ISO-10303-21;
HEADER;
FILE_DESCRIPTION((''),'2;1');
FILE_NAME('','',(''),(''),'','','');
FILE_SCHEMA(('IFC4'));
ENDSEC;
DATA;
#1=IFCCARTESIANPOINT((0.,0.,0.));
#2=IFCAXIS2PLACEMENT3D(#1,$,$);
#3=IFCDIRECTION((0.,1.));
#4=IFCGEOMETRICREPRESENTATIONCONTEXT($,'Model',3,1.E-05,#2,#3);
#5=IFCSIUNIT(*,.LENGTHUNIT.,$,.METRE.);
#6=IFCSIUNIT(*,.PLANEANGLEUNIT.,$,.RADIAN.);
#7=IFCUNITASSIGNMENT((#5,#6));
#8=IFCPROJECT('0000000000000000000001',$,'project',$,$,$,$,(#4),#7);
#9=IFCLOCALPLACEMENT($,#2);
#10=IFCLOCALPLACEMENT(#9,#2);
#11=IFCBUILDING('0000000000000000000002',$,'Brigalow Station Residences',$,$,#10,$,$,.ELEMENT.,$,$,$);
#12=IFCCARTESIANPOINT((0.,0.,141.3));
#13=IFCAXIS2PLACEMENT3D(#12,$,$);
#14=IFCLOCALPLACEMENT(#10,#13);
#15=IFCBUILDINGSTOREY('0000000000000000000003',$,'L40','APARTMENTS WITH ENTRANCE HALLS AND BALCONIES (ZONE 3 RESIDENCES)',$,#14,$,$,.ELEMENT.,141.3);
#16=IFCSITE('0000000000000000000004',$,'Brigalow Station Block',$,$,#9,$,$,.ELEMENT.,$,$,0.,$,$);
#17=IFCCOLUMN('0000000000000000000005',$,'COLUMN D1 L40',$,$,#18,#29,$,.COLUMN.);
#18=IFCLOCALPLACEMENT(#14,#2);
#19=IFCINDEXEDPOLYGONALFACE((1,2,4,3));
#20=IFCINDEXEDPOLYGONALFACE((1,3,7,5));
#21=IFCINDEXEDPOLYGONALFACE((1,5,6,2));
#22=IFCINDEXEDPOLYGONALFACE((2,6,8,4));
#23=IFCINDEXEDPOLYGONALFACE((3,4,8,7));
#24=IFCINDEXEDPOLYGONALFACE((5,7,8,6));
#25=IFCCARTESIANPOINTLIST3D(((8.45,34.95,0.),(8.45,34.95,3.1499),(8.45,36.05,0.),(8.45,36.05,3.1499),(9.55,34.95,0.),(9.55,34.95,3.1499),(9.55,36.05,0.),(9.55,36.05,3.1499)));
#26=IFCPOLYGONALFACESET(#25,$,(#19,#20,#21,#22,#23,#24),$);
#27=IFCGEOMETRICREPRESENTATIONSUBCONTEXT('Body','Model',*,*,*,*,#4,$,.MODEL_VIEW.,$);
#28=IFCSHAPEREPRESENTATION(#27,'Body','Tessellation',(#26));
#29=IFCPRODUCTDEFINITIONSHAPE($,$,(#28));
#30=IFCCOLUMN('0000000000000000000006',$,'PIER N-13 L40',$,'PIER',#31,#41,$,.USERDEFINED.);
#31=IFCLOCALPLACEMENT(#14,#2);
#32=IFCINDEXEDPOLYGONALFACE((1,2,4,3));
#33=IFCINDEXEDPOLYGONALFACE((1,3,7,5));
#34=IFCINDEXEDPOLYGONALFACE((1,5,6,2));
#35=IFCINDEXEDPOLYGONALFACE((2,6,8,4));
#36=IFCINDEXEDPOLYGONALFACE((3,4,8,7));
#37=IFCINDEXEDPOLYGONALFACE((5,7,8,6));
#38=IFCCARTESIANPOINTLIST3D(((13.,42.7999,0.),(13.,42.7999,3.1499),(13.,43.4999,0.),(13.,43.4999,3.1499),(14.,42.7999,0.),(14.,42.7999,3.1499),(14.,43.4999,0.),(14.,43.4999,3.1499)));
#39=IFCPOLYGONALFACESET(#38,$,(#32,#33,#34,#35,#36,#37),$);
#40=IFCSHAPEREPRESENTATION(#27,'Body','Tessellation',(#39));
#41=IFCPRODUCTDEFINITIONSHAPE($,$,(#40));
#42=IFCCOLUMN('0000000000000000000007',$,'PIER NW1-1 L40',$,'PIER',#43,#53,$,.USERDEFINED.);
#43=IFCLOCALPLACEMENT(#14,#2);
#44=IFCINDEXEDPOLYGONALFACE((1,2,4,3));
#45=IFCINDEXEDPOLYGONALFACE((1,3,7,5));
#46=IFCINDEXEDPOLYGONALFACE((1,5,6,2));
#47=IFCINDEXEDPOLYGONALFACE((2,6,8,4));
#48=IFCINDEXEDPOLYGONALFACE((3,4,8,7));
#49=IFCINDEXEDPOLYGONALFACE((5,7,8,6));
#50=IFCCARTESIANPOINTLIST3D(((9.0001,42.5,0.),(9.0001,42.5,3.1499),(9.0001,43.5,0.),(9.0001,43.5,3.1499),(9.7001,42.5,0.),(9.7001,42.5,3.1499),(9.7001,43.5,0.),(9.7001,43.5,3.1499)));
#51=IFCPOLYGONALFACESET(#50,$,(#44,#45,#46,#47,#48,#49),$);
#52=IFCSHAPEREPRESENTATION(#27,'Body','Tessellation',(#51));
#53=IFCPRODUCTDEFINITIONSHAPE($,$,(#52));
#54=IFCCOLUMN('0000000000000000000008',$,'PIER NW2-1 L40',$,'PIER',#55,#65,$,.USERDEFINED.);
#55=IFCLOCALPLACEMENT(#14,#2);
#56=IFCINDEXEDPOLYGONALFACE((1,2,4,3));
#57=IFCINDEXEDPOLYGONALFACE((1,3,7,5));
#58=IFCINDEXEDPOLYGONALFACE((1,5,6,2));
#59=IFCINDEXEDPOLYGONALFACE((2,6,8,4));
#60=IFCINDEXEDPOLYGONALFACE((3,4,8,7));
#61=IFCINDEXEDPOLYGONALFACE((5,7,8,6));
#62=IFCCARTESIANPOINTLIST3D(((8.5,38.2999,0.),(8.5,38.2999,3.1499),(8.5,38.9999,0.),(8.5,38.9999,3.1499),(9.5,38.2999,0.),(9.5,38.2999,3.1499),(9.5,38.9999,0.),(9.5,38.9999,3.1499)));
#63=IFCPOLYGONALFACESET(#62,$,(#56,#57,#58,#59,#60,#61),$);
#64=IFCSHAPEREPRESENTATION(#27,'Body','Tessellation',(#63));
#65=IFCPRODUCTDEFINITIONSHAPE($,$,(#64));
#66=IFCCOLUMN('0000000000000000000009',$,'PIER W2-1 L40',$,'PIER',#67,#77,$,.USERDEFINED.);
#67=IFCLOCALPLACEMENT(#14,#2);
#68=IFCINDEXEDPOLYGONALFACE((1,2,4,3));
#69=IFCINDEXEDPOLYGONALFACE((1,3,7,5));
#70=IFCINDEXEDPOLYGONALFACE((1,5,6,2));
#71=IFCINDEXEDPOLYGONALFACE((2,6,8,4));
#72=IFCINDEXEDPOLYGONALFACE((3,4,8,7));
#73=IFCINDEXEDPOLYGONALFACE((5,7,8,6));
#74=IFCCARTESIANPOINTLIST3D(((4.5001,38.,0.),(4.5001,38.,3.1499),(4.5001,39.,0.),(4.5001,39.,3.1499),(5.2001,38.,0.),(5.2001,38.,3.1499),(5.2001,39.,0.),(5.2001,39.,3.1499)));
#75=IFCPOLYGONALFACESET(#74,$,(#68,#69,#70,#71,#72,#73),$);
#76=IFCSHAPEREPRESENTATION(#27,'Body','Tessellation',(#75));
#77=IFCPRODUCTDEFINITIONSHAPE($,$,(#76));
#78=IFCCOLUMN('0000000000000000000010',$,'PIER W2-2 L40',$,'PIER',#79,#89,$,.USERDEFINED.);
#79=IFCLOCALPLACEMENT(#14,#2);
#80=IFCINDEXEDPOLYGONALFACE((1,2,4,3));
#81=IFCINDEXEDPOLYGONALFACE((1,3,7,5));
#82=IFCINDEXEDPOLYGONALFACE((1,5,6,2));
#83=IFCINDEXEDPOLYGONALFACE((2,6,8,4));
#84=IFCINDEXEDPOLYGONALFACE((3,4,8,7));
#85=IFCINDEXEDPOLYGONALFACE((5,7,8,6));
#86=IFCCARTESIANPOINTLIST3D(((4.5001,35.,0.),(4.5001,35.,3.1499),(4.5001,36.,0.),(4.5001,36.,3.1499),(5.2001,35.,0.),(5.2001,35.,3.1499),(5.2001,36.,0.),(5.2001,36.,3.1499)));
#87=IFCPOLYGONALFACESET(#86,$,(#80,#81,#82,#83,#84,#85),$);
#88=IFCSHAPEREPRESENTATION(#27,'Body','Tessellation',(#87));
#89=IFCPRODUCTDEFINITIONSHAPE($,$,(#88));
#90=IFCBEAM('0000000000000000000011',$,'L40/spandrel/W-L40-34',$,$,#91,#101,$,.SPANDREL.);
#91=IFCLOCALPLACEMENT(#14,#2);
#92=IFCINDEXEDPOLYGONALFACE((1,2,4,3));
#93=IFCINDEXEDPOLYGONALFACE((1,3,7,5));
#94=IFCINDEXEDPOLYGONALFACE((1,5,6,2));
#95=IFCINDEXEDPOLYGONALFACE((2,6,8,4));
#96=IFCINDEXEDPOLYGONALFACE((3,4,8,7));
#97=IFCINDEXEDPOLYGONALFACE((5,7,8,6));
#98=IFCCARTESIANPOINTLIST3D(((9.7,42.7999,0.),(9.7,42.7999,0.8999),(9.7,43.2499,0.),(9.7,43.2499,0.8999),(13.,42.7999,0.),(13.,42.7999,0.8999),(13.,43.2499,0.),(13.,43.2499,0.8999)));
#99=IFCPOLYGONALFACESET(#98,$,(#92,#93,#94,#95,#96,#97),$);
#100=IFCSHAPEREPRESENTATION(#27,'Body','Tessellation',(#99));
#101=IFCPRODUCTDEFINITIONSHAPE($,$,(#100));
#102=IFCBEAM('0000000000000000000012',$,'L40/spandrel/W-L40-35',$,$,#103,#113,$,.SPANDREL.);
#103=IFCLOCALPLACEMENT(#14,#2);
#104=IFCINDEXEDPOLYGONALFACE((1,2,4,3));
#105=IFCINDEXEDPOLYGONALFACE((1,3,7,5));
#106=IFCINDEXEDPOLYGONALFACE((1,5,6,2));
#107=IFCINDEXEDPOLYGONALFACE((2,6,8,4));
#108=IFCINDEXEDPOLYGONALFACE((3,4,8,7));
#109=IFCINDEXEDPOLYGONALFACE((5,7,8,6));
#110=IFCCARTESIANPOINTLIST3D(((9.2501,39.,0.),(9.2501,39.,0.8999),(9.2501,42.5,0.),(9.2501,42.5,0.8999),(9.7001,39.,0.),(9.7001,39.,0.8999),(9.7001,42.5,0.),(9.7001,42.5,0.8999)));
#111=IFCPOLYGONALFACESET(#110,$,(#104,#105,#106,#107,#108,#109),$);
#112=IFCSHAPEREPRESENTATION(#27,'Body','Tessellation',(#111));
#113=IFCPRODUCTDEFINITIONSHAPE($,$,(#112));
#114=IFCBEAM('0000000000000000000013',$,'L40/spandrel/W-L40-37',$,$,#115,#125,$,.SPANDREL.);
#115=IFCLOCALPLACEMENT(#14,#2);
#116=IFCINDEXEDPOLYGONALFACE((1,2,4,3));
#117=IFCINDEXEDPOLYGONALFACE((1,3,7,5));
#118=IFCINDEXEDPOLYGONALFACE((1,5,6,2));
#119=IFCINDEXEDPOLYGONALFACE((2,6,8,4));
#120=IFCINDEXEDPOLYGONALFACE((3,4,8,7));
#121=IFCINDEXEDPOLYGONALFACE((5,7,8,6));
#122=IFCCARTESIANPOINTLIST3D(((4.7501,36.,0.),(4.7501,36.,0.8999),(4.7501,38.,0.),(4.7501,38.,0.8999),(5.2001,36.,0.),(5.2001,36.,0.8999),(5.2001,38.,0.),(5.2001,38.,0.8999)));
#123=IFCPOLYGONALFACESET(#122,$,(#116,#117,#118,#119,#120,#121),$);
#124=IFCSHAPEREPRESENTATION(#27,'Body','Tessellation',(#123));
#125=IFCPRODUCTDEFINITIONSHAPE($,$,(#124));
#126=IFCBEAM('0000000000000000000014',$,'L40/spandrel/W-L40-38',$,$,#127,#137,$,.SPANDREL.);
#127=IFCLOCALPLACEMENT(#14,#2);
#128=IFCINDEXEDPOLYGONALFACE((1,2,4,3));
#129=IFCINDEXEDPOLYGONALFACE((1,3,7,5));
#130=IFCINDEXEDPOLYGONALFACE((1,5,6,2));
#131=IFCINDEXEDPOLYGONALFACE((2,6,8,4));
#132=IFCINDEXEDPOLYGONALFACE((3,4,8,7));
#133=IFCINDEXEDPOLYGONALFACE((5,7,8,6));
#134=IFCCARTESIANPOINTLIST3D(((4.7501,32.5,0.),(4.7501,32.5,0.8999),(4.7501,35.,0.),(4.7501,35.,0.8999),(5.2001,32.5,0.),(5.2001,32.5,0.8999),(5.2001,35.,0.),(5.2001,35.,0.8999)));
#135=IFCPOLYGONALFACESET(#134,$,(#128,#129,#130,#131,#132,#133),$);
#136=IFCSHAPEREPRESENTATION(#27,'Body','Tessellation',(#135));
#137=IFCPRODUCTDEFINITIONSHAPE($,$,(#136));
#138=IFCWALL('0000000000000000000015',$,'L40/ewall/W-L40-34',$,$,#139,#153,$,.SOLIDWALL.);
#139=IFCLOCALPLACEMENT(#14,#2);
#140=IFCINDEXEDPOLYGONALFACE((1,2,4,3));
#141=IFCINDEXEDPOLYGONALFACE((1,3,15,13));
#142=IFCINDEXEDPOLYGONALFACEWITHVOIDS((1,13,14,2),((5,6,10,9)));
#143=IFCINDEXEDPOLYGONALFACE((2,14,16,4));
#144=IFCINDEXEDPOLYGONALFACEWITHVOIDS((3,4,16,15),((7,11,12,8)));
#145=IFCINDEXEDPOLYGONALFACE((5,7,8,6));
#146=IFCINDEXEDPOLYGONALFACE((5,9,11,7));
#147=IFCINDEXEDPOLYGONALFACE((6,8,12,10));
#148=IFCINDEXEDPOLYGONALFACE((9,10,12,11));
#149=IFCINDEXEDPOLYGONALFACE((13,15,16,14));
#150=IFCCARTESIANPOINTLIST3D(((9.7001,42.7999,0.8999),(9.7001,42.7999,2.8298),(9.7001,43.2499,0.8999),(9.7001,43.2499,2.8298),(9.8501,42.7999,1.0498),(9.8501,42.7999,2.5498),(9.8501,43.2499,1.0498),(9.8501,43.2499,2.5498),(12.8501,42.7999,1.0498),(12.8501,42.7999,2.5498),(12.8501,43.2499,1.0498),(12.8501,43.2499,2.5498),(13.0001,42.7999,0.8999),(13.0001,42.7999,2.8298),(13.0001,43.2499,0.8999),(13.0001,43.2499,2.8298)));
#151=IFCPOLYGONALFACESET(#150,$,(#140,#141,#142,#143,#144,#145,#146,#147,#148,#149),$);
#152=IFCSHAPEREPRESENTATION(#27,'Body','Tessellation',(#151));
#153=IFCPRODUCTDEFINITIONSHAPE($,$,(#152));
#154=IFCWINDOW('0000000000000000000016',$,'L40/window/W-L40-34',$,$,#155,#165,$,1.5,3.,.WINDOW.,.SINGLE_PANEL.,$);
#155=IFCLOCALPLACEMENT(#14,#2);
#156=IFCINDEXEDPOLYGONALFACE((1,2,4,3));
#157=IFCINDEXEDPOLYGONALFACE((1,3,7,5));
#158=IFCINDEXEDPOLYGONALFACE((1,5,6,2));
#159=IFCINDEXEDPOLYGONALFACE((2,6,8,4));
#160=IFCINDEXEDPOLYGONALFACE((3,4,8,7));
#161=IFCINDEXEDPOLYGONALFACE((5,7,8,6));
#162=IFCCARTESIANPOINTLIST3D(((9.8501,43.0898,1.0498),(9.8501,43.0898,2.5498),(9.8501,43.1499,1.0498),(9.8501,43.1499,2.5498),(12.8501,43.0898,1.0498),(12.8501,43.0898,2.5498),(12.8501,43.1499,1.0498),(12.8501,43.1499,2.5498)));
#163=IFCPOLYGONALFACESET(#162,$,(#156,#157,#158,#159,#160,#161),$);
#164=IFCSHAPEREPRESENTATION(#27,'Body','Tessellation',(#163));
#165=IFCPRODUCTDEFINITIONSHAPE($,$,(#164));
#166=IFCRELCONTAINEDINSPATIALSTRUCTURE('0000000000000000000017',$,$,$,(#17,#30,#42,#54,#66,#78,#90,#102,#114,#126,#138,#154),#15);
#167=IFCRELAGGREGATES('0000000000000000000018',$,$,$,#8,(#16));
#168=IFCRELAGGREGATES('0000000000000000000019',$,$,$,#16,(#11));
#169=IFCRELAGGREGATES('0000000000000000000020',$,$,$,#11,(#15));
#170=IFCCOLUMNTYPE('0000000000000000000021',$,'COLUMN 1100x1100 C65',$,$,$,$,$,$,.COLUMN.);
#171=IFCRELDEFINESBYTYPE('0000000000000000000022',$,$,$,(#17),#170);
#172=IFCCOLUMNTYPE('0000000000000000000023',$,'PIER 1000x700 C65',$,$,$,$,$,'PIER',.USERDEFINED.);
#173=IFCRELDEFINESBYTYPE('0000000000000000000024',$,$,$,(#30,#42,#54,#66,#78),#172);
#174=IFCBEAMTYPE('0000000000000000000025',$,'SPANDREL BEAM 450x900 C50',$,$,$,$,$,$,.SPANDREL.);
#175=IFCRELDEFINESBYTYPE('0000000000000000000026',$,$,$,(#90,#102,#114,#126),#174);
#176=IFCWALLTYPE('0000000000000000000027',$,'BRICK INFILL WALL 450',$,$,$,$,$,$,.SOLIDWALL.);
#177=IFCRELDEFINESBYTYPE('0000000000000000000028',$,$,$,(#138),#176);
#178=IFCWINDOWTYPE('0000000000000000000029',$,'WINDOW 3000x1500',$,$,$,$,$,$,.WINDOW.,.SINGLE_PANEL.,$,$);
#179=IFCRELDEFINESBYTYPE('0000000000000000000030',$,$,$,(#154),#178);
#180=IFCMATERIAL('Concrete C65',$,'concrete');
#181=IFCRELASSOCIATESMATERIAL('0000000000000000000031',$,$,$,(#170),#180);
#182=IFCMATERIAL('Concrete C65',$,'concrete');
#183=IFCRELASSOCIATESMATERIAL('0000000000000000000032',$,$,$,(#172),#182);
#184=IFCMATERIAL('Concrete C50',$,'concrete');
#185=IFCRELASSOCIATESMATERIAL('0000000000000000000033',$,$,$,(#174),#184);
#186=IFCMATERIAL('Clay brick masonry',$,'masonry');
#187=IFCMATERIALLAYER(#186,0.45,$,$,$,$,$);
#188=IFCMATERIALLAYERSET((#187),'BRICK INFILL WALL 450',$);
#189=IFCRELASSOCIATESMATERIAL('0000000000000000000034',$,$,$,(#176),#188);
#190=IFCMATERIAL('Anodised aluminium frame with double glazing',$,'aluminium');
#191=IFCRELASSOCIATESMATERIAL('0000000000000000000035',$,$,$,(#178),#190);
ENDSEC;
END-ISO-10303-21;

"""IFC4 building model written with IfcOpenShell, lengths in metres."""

from ifc_helpers import new_model, si_unit, direction, frame, frame_2d, origin, origin_2d, place, context, subcontext, project, spatial, rectangle, extrude, material, layer, layer_set, material_profile, profile_set, type_object, element, fill, save


model = new_model("IFC4")

# Units and contexts
model_context = context("Model", 3, precision=1e-05, world=origin(), true_north=direction((0.0, 1.0)))
body_context = subcontext(model_context, "Body", "Model", "MODEL_VIEW")
ifc_project = project(units=[si_unit("LENGTHUNIT", "METRE"), si_unit("PLANEANGLEUNIT", "RADIAN")], contexts=[model_context])

# Site, building, storey
site_placement = place(None, origin())
site = spatial("IfcSite", under=ifc_project, at=site_placement, Name="Brigalow Station Block", CompositionType="ELEMENT", RefElevation=0.0)
building_placement = place(site_placement, origin())
building = spatial("IfcBuilding", under=site, at=building_placement, Name="Brigalow Station Residences", CompositionType="ELEMENT")
storey_placement = place(building_placement, frame((0.0, 0.0, 141.3)))
storey = spatial("IfcBuildingStorey", under=building, at=storey_placement, Name="L40", Description="APARTMENTS WITH ENTRANCE HALLS AND BALCONIES (ZONE 3 RESIDENCES)", CompositionType="ELEMENT", Elevation=141.3)

# Columns
ifc_material_1 = material(Name="Concrete C65", Category="concrete")
ifc_material_profile_1 = material_profile(ifc_material_1, rectangle(XDim=1.1001, YDim=1.1001, at=origin_2d()), Name="RC1100x1100")
ifc_profile_set_1 = profile_set([ifc_material_profile_1], Name="Concrete C65")
column_type_1 = type_object("IfcColumnType", Name="COLUMN 1100x1100 C65", PredefinedType="COLUMN", material=ifc_profile_set_1)
column_placement = place(storey_placement, frame((9.0, 35.5, 0.0), z_axis=(0.0, 0.0, 1.0), x_axis=(1.0, 0.0, 0.0)))
element("IfcColumn", 1, at=column_placement, inside=storey, type_object=column_type_1, Name="COLUMN D1 L40", PredefinedType="COLUMN", context=body_context, shape_type="SweptSolid", body=[
    extrude(rectangle(XDim=1.1001, YDim=1.1001, at=origin_2d()), origin(), (0.0, 0.0, 1.0), 3.1499),
])
ifc_material_2 = material(Name="Concrete C65", Category="concrete")
ifc_material_profile_2 = material_profile(ifc_material_2, rectangle(XDim=1.0, YDim=0.7, at=origin_2d()), Name="RC1000x700")
ifc_profile_set_2 = profile_set([ifc_material_profile_2], Name="Concrete C65")
column_type_2 = type_object("IfcColumnType", Name="PIER 1000x700 C65", ElementType="PIER", PredefinedType="USERDEFINED", material=ifc_profile_set_2)
for number, where, z_axis, x_axis, name in (
    (2, (13.5, 43.1499, 0.0), (0.0, 0.0, 1.0), (-1.0, 0.0, 0.0), "PIER N-13 L40"),
    (3, (9.3501, 43.0, 0.0), (0.0, 0.0, 1.0), (0.0, -1.0, 0.0), "PIER NW1-1 L40"),
    (4, (9.0, 38.6499, 0.0), (0.0, 0.0, 1.0), (-1.0, 0.0, 0.0), "PIER NW2-1 L40"),
    (5, (4.8501, 38.5, 0.0), (0.0, 0.0, 1.0), (0.0, -1.0, 0.0), "PIER W2-1 L40"),
    (6, (4.8501, 35.5, 0.0), (0.0, 0.0, 1.0), (0.0, -1.0, 0.0), "PIER W2-2 L40"),
):
    element("IfcColumn", number, at=place(storey_placement, frame(where, z_axis=z_axis, x_axis=x_axis)), inside=storey, type_object=column_type_2, Name=name, ObjectType="PIER", PredefinedType="USERDEFINED", context=body_context, shape_type="SweptSolid", body=[
        extrude(rectangle(XDim=1.0, YDim=0.7, at=origin_2d()), origin(), (0.0, 0.0, 1.0), 3.1499),
    ])

# Beams
ifc_material_3 = material(Name="Concrete C50", Category="concrete")
ifc_material_profile_3 = material_profile(ifc_material_3, rectangle(XDim=0.45, YDim=0.8999, at=origin_2d()), Name="RC450x900")
ifc_profile_set_3 = profile_set([ifc_material_profile_3], Name="Concrete C50")
beam_type = type_object("IfcBeamType", Name="SPANDREL BEAM 450x900 C50", PredefinedType="SPANDREL", material=ifc_profile_set_3)
beam_1_placement = place(storey_placement, frame((13.0, 43.0249, 0.45), z_axis=(-1.0, 0.0, 0.0), x_axis=(0.0, -1.0, 0.0)))
element("IfcBeam", 7, at=beam_1_placement, inside=storey, type_object=beam_type, Name="L40/spandrel/W-L40-34", PredefinedType="SPANDREL", context=body_context, shape_type="SweptSolid", body=[
    extrude(rectangle(XDim=0.45, YDim=0.8999, at=origin_2d()), origin(), (0.0, 0.0, 1.0), 3.3),
])
beam_2_placement = place(storey_placement, frame((9.4751, 42.5, 0.45), z_axis=(0.0, -1.0, 0.0), x_axis=(1.0, 0.0, 0.0)))
element("IfcBeam", 8, at=beam_2_placement, inside=storey, type_object=beam_type, Name="L40/spandrel/W-L40-35", PredefinedType="SPANDREL", context=body_context, shape_type="SweptSolid", body=[
    extrude(rectangle(XDim=0.45, YDim=0.8999, at=origin_2d()), origin(), (0.0, 0.0, 1.0), 3.5),
])
beam_3_placement = place(storey_placement, frame((4.9751, 38.0, 0.45), z_axis=(0.0, -1.0, 0.0), x_axis=(1.0, 0.0, 0.0)))
element("IfcBeam", 9, at=beam_3_placement, inside=storey, type_object=beam_type, Name="L40/spandrel/W-L40-37", PredefinedType="SPANDREL", context=body_context, shape_type="SweptSolid", body=[
    extrude(rectangle(XDim=0.45, YDim=0.8999, at=origin_2d()), origin(), (0.0, 0.0, 1.0), 2.0),
])
beam_4_placement = place(storey_placement, frame((4.9751, 35.0, 0.45), z_axis=(0.0, -1.0, 0.0), x_axis=(1.0, 0.0, 0.0)))
element("IfcBeam", 10, at=beam_4_placement, inside=storey, type_object=beam_type, Name="L40/spandrel/W-L40-38", PredefinedType="SPANDREL", context=body_context, shape_type="SweptSolid", body=[
    extrude(rectangle(XDim=0.45, YDim=0.8999, at=origin_2d()), origin(), (0.0, 0.0, 1.0), 2.5),
])

# Wall, opening, window
ifc_material_4 = material(Name="Clay brick masonry", Category="masonry")
ifc_layer_1 = layer(ifc_material_4, 0.45)
ifc_layer_set_1 = layer_set([ifc_layer_1], Name="BRICK INFILL WALL 450")
wall_type_1 = type_object("IfcWallType", Name="BRICK INFILL WALL 450", PredefinedType="SOLIDWALL", material=ifc_layer_set_1)
wall_1_placement = place(storey_placement, frame((13.0, 43.0249, 0.8999), z_axis=(0.0, 0.0, 1.0), x_axis=(-1.0, 0.0, 0.0)))
wall_1 = element("IfcWall", 11, at=wall_1_placement, inside=storey, type_object=wall_type_1, Name="L40/ewall/W-L40-34", PredefinedType="SOLIDWALL", context=body_context, shape_type="SweptSolid", body=[
    extrude(rectangle(XDim=3.3, YDim=0.45, at=frame_2d((1.6499, 0.0))), origin(), (0.0, 0.0, 1.0), 1.9299),
])
opening_1_placement = place(wall_1_placement, frame((0.1499, 0.0, 0.1499)))
opening_1 = element("IfcOpeningElement", 12, at=opening_1_placement, cuts=wall_1, PredefinedType="OPENING", context=body_context, shape_type="SweptSolid", body=[
    extrude(rectangle(XDim=3.0, YDim=1.5, at=frame_2d((1.5, 0.75))), frame((0.0, 0.2349, 0.0), z_axis=(0.0, -1.0, 0.0), x_axis=(1.0, 0.0, 0.0)), (0.0, 0.0, 1.0), 0.47),
])
ifc_material_5 = material(Name="Anodised aluminium frame with double glazing", Category="aluminium")
window_type_1 = type_object("IfcWindowType", Name="WINDOW 3000x1500", PartitioningType="SINGLE_PANEL", PredefinedType="WINDOW", material=ifc_material_5)
window_1_placement = place(opening_1_placement, origin())
window_1 = element("IfcWindow", 13, at=window_1_placement, inside=storey, type_object=window_type_1, Name="L40/window/W-L40-34", OverallHeight=1.5, OverallWidth=3.0, PartitioningType="SINGLE_PANEL", PredefinedType="WINDOW", context=body_context, shape_type="SweptSolid", body=[
    extrude(rectangle(XDim=3.0, YDim=1.5, at=frame_2d((1.5, 0.75))), frame((0.0, -0.0649, 0.0), z_axis=(0.0, -1.0, 0.0), x_axis=(1.0, 0.0, 0.0)), (0.0, 0.0, 1.0), 0.0601),
])
fill(opening_1, window_1)

save(model, "model.ifc")
